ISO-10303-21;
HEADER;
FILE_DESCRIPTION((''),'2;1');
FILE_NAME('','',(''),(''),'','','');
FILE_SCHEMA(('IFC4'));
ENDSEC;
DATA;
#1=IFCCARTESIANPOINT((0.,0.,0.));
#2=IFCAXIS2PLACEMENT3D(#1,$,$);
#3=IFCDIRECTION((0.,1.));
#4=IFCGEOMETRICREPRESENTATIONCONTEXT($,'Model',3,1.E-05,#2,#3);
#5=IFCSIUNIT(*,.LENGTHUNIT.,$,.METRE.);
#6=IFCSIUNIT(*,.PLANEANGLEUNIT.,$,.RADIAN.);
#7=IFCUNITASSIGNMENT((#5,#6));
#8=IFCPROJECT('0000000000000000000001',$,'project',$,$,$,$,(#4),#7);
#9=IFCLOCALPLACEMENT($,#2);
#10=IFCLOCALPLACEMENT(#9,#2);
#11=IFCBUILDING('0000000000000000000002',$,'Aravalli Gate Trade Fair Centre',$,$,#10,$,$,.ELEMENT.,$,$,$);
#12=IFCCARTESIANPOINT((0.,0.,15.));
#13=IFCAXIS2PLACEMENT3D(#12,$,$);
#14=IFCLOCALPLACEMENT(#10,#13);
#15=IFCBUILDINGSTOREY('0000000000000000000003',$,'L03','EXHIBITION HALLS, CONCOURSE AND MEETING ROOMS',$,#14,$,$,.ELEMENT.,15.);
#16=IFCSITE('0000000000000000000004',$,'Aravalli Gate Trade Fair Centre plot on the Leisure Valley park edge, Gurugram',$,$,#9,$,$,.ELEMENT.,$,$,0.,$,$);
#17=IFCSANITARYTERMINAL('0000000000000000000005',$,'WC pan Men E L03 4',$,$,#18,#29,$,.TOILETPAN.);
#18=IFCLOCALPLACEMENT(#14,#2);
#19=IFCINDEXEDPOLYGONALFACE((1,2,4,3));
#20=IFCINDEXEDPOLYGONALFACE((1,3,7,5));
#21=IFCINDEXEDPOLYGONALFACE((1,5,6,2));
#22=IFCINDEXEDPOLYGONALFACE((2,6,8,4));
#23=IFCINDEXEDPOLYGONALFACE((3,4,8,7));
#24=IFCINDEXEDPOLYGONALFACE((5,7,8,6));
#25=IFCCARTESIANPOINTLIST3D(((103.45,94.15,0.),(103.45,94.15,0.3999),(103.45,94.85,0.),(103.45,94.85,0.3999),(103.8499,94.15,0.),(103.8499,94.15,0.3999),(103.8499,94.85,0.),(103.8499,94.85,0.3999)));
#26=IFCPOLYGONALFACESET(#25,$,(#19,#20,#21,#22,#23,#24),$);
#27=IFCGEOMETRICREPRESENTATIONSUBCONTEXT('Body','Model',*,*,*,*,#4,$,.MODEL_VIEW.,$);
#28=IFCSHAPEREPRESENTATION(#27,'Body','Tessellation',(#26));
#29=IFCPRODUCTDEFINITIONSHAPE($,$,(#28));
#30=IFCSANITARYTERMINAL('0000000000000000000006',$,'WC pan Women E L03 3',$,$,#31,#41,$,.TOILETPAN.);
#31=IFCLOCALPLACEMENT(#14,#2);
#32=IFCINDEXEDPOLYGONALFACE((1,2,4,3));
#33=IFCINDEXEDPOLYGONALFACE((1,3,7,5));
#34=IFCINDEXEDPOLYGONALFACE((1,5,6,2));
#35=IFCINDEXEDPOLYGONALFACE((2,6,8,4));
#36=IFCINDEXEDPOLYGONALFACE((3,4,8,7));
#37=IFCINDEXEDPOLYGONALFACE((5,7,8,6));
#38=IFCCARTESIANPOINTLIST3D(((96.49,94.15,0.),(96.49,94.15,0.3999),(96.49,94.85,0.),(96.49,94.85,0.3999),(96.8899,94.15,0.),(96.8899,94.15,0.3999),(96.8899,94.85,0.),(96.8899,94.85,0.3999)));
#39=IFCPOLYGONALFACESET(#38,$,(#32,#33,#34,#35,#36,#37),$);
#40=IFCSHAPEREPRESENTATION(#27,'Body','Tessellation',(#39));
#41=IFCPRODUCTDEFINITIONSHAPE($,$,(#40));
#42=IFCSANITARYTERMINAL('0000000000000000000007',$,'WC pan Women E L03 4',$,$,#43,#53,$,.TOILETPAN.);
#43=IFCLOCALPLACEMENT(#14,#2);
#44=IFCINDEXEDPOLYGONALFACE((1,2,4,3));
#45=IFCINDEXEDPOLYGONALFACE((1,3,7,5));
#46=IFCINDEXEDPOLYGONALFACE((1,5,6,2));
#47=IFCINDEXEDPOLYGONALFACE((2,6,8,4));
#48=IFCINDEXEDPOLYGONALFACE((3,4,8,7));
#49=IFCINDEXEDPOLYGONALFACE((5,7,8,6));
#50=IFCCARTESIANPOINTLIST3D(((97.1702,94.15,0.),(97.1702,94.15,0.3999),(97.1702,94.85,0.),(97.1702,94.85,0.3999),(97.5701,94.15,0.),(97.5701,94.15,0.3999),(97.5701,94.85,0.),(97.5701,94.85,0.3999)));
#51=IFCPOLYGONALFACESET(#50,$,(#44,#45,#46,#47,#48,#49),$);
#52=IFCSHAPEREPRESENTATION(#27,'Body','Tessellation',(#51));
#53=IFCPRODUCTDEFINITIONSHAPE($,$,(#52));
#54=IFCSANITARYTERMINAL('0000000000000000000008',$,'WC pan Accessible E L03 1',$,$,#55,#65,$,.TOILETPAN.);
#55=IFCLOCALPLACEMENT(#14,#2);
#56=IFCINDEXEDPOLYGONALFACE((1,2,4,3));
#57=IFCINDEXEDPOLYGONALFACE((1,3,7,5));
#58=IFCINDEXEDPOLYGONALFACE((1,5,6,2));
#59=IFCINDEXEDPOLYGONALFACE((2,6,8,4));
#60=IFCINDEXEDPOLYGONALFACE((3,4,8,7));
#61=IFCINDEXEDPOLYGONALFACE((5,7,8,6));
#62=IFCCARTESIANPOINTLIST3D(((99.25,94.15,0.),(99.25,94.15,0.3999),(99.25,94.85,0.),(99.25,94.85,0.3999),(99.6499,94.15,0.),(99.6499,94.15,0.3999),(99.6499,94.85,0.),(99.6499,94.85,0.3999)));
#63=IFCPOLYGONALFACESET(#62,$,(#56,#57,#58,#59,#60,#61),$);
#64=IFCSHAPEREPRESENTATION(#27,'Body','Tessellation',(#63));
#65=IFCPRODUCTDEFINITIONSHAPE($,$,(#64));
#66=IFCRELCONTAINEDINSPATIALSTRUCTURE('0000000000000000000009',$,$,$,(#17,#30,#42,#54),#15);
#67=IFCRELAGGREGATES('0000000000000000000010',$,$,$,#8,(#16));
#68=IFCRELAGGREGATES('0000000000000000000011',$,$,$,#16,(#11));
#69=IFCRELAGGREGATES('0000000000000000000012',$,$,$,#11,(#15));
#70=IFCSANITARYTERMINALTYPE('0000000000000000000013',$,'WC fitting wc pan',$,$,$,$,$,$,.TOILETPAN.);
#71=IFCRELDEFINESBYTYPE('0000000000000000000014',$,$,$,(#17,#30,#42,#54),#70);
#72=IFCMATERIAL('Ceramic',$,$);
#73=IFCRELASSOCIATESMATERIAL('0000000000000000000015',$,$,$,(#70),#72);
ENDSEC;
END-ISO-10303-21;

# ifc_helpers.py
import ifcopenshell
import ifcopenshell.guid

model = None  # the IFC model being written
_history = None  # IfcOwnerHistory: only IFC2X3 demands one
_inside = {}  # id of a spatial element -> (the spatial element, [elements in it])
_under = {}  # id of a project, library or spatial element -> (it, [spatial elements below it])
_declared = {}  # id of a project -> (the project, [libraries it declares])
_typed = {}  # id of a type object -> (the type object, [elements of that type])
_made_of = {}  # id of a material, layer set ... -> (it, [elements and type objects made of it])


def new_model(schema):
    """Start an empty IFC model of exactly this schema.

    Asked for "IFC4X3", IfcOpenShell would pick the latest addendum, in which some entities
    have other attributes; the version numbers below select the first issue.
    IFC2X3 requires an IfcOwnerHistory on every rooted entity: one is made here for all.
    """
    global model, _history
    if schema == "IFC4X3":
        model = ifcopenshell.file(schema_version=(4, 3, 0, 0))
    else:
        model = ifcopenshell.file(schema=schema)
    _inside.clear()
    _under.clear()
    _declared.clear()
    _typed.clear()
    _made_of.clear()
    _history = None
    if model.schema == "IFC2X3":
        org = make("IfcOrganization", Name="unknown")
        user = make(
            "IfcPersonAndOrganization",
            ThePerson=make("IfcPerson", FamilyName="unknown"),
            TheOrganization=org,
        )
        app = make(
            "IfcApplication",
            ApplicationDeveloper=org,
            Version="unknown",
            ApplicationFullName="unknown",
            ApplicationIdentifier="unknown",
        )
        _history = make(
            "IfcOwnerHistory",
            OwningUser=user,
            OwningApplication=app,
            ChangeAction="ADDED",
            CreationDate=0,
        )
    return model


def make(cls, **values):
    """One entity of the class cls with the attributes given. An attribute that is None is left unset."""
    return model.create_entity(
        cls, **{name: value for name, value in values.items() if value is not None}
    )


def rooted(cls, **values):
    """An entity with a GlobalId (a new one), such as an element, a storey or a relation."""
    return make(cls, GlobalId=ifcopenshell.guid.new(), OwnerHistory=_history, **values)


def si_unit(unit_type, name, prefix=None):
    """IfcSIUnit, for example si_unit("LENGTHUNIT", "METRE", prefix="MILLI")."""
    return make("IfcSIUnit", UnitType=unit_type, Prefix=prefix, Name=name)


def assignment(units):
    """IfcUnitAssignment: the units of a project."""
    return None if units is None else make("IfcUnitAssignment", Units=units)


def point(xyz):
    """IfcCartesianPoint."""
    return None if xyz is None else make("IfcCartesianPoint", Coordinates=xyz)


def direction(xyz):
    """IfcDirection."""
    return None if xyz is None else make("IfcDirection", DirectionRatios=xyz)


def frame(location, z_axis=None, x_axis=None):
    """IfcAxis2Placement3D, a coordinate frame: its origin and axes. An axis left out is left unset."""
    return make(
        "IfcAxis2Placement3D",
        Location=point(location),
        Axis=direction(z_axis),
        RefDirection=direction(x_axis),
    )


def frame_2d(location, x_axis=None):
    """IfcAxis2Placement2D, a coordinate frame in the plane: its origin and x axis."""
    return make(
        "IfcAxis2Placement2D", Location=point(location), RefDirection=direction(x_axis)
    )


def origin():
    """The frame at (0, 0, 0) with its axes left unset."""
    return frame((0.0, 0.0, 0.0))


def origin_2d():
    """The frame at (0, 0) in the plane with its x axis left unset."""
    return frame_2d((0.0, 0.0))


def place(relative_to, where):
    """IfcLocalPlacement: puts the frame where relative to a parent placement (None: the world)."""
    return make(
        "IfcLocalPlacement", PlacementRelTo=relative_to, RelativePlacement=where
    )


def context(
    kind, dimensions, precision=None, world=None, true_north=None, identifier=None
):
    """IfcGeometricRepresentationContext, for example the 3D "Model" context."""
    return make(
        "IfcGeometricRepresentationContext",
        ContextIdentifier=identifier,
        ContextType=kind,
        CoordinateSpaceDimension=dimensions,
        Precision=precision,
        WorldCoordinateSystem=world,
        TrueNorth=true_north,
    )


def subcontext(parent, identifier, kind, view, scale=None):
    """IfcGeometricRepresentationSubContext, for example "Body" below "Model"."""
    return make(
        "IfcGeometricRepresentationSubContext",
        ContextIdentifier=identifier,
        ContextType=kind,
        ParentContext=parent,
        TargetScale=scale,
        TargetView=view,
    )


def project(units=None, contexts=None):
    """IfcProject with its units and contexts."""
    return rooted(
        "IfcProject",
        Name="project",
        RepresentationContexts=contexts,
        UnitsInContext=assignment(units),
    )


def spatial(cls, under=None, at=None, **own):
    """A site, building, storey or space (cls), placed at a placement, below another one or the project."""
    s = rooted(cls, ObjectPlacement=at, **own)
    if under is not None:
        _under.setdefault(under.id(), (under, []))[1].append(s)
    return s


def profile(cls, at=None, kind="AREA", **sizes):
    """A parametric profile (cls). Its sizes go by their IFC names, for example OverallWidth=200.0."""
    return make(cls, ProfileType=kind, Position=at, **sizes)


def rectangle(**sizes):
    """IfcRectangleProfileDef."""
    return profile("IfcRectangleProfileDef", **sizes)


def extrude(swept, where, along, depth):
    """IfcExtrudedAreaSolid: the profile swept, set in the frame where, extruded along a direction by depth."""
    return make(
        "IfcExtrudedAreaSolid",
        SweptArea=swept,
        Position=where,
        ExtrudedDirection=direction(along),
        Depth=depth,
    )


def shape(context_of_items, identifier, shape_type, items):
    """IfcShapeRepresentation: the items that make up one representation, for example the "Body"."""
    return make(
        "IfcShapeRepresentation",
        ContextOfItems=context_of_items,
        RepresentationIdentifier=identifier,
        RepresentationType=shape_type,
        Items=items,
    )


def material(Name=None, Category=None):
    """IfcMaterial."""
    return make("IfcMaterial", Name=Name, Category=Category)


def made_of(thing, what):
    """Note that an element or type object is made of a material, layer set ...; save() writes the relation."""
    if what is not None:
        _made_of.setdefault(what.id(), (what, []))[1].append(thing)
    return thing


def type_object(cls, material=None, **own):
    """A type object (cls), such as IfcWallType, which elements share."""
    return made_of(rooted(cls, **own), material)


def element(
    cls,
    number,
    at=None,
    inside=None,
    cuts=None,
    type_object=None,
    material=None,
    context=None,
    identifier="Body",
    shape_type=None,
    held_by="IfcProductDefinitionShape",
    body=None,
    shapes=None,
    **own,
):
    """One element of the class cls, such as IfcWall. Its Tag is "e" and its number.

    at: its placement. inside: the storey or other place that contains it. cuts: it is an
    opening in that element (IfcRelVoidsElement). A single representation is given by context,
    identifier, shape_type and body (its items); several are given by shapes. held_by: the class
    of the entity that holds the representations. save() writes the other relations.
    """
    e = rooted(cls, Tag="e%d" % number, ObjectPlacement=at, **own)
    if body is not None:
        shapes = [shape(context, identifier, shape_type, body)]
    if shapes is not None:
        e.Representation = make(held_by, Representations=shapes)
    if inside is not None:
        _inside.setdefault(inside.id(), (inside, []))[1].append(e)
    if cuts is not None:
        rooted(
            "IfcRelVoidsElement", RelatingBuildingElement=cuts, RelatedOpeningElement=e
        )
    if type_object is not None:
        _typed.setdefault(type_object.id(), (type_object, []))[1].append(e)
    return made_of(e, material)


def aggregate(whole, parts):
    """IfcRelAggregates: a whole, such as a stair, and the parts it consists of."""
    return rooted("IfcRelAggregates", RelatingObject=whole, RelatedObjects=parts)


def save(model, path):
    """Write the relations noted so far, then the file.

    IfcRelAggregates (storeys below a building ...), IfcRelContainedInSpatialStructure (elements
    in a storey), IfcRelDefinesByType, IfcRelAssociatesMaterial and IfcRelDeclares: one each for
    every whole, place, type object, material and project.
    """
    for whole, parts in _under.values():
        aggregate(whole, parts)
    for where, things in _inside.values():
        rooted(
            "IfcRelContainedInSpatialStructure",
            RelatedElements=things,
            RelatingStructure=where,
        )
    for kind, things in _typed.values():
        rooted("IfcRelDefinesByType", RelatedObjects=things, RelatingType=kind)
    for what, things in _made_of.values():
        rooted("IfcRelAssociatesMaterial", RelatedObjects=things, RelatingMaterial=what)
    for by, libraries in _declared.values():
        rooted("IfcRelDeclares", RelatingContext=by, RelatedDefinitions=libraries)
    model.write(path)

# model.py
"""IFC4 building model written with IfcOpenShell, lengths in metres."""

from ifc_helpers import new_model, si_unit, direction, frame, origin, origin_2d, place, context, subcontext, project, spatial, rectangle, extrude, material, type_object, element, save


model = new_model("IFC4")

# Units and contexts
model_context = context("Model", 3, precision=1e-05, world=origin(), true_north=direction((0.0, 1.0)))
body_context = subcontext(model_context, "Body", "Model", "MODEL_VIEW")
ifc_project = project(units=[si_unit("LENGTHUNIT", "METRE"), si_unit("PLANEANGLEUNIT", "RADIAN")], contexts=[model_context])

# Site, building, storey
site_placement = place(None, origin())
site = spatial("IfcSite", under=ifc_project, at=site_placement, Name="Aravalli Gate Trade Fair Centre plot on the Leisure Valley park edge, Gurugram", CompositionType="ELEMENT", RefElevation=0.0)
building_placement = place(site_placement, origin())
building = spatial("IfcBuilding", under=site, at=building_placement, Name="Aravalli Gate Trade Fair Centre", CompositionType="ELEMENT")
storey_placement = place(building_placement, frame((0.0, 0.0, 15.0)))
storey = spatial("IfcBuildingStorey", under=building, at=storey_placement, Name="L03", Description="EXHIBITION HALLS, CONCOURSE AND MEETING ROOMS", CompositionType="ELEMENT", Elevation=15.0)

# Sanitary terminals
ifc_material_1 = material(Name="Ceramic")
sanitary_terminal_type_1 = type_object("IfcSanitaryTerminalType", Name="WC fitting wc pan", PredefinedType="TOILETPAN", material=ifc_material_1)
for number, where, z_axis, x_axis, name in (
    (1, (103.6499, 94.5, 0.0), (0.0, 0.0, 1.0), (1.0, 0.0, 0.0), "WC pan Men E L03 4"),
    (2, (96.6899, 94.5, 0.0), (0.0, 0.0, 1.0), (1.0, 0.0, 0.0), "WC pan Women E L03 3"),
    (3, (97.3701, 94.5, 0.0), (0.0, 0.0, 1.0), (1.0, 0.0, 0.0), "WC pan Women E L03 4"),
    (4, (99.45, 94.5, 0.0), (0.0, 0.0, 1.0), (1.0, 0.0, 0.0), "WC pan Accessible E L03 1"),
):
    element("IfcSanitaryTerminal", number, at=place(storey_placement, frame(where, z_axis=z_axis, x_axis=x_axis)), inside=storey, type_object=sanitary_terminal_type_1, Name=name, PredefinedType="TOILETPAN", context=body_context, shape_type="SweptSolid", body=[
        extrude(rectangle(XDim=0.3999, YDim=0.7, at=origin_2d()), origin(), (0.0, 0.0, 1.0), 0.3999),
    ])

save(model, "model.ifc")
